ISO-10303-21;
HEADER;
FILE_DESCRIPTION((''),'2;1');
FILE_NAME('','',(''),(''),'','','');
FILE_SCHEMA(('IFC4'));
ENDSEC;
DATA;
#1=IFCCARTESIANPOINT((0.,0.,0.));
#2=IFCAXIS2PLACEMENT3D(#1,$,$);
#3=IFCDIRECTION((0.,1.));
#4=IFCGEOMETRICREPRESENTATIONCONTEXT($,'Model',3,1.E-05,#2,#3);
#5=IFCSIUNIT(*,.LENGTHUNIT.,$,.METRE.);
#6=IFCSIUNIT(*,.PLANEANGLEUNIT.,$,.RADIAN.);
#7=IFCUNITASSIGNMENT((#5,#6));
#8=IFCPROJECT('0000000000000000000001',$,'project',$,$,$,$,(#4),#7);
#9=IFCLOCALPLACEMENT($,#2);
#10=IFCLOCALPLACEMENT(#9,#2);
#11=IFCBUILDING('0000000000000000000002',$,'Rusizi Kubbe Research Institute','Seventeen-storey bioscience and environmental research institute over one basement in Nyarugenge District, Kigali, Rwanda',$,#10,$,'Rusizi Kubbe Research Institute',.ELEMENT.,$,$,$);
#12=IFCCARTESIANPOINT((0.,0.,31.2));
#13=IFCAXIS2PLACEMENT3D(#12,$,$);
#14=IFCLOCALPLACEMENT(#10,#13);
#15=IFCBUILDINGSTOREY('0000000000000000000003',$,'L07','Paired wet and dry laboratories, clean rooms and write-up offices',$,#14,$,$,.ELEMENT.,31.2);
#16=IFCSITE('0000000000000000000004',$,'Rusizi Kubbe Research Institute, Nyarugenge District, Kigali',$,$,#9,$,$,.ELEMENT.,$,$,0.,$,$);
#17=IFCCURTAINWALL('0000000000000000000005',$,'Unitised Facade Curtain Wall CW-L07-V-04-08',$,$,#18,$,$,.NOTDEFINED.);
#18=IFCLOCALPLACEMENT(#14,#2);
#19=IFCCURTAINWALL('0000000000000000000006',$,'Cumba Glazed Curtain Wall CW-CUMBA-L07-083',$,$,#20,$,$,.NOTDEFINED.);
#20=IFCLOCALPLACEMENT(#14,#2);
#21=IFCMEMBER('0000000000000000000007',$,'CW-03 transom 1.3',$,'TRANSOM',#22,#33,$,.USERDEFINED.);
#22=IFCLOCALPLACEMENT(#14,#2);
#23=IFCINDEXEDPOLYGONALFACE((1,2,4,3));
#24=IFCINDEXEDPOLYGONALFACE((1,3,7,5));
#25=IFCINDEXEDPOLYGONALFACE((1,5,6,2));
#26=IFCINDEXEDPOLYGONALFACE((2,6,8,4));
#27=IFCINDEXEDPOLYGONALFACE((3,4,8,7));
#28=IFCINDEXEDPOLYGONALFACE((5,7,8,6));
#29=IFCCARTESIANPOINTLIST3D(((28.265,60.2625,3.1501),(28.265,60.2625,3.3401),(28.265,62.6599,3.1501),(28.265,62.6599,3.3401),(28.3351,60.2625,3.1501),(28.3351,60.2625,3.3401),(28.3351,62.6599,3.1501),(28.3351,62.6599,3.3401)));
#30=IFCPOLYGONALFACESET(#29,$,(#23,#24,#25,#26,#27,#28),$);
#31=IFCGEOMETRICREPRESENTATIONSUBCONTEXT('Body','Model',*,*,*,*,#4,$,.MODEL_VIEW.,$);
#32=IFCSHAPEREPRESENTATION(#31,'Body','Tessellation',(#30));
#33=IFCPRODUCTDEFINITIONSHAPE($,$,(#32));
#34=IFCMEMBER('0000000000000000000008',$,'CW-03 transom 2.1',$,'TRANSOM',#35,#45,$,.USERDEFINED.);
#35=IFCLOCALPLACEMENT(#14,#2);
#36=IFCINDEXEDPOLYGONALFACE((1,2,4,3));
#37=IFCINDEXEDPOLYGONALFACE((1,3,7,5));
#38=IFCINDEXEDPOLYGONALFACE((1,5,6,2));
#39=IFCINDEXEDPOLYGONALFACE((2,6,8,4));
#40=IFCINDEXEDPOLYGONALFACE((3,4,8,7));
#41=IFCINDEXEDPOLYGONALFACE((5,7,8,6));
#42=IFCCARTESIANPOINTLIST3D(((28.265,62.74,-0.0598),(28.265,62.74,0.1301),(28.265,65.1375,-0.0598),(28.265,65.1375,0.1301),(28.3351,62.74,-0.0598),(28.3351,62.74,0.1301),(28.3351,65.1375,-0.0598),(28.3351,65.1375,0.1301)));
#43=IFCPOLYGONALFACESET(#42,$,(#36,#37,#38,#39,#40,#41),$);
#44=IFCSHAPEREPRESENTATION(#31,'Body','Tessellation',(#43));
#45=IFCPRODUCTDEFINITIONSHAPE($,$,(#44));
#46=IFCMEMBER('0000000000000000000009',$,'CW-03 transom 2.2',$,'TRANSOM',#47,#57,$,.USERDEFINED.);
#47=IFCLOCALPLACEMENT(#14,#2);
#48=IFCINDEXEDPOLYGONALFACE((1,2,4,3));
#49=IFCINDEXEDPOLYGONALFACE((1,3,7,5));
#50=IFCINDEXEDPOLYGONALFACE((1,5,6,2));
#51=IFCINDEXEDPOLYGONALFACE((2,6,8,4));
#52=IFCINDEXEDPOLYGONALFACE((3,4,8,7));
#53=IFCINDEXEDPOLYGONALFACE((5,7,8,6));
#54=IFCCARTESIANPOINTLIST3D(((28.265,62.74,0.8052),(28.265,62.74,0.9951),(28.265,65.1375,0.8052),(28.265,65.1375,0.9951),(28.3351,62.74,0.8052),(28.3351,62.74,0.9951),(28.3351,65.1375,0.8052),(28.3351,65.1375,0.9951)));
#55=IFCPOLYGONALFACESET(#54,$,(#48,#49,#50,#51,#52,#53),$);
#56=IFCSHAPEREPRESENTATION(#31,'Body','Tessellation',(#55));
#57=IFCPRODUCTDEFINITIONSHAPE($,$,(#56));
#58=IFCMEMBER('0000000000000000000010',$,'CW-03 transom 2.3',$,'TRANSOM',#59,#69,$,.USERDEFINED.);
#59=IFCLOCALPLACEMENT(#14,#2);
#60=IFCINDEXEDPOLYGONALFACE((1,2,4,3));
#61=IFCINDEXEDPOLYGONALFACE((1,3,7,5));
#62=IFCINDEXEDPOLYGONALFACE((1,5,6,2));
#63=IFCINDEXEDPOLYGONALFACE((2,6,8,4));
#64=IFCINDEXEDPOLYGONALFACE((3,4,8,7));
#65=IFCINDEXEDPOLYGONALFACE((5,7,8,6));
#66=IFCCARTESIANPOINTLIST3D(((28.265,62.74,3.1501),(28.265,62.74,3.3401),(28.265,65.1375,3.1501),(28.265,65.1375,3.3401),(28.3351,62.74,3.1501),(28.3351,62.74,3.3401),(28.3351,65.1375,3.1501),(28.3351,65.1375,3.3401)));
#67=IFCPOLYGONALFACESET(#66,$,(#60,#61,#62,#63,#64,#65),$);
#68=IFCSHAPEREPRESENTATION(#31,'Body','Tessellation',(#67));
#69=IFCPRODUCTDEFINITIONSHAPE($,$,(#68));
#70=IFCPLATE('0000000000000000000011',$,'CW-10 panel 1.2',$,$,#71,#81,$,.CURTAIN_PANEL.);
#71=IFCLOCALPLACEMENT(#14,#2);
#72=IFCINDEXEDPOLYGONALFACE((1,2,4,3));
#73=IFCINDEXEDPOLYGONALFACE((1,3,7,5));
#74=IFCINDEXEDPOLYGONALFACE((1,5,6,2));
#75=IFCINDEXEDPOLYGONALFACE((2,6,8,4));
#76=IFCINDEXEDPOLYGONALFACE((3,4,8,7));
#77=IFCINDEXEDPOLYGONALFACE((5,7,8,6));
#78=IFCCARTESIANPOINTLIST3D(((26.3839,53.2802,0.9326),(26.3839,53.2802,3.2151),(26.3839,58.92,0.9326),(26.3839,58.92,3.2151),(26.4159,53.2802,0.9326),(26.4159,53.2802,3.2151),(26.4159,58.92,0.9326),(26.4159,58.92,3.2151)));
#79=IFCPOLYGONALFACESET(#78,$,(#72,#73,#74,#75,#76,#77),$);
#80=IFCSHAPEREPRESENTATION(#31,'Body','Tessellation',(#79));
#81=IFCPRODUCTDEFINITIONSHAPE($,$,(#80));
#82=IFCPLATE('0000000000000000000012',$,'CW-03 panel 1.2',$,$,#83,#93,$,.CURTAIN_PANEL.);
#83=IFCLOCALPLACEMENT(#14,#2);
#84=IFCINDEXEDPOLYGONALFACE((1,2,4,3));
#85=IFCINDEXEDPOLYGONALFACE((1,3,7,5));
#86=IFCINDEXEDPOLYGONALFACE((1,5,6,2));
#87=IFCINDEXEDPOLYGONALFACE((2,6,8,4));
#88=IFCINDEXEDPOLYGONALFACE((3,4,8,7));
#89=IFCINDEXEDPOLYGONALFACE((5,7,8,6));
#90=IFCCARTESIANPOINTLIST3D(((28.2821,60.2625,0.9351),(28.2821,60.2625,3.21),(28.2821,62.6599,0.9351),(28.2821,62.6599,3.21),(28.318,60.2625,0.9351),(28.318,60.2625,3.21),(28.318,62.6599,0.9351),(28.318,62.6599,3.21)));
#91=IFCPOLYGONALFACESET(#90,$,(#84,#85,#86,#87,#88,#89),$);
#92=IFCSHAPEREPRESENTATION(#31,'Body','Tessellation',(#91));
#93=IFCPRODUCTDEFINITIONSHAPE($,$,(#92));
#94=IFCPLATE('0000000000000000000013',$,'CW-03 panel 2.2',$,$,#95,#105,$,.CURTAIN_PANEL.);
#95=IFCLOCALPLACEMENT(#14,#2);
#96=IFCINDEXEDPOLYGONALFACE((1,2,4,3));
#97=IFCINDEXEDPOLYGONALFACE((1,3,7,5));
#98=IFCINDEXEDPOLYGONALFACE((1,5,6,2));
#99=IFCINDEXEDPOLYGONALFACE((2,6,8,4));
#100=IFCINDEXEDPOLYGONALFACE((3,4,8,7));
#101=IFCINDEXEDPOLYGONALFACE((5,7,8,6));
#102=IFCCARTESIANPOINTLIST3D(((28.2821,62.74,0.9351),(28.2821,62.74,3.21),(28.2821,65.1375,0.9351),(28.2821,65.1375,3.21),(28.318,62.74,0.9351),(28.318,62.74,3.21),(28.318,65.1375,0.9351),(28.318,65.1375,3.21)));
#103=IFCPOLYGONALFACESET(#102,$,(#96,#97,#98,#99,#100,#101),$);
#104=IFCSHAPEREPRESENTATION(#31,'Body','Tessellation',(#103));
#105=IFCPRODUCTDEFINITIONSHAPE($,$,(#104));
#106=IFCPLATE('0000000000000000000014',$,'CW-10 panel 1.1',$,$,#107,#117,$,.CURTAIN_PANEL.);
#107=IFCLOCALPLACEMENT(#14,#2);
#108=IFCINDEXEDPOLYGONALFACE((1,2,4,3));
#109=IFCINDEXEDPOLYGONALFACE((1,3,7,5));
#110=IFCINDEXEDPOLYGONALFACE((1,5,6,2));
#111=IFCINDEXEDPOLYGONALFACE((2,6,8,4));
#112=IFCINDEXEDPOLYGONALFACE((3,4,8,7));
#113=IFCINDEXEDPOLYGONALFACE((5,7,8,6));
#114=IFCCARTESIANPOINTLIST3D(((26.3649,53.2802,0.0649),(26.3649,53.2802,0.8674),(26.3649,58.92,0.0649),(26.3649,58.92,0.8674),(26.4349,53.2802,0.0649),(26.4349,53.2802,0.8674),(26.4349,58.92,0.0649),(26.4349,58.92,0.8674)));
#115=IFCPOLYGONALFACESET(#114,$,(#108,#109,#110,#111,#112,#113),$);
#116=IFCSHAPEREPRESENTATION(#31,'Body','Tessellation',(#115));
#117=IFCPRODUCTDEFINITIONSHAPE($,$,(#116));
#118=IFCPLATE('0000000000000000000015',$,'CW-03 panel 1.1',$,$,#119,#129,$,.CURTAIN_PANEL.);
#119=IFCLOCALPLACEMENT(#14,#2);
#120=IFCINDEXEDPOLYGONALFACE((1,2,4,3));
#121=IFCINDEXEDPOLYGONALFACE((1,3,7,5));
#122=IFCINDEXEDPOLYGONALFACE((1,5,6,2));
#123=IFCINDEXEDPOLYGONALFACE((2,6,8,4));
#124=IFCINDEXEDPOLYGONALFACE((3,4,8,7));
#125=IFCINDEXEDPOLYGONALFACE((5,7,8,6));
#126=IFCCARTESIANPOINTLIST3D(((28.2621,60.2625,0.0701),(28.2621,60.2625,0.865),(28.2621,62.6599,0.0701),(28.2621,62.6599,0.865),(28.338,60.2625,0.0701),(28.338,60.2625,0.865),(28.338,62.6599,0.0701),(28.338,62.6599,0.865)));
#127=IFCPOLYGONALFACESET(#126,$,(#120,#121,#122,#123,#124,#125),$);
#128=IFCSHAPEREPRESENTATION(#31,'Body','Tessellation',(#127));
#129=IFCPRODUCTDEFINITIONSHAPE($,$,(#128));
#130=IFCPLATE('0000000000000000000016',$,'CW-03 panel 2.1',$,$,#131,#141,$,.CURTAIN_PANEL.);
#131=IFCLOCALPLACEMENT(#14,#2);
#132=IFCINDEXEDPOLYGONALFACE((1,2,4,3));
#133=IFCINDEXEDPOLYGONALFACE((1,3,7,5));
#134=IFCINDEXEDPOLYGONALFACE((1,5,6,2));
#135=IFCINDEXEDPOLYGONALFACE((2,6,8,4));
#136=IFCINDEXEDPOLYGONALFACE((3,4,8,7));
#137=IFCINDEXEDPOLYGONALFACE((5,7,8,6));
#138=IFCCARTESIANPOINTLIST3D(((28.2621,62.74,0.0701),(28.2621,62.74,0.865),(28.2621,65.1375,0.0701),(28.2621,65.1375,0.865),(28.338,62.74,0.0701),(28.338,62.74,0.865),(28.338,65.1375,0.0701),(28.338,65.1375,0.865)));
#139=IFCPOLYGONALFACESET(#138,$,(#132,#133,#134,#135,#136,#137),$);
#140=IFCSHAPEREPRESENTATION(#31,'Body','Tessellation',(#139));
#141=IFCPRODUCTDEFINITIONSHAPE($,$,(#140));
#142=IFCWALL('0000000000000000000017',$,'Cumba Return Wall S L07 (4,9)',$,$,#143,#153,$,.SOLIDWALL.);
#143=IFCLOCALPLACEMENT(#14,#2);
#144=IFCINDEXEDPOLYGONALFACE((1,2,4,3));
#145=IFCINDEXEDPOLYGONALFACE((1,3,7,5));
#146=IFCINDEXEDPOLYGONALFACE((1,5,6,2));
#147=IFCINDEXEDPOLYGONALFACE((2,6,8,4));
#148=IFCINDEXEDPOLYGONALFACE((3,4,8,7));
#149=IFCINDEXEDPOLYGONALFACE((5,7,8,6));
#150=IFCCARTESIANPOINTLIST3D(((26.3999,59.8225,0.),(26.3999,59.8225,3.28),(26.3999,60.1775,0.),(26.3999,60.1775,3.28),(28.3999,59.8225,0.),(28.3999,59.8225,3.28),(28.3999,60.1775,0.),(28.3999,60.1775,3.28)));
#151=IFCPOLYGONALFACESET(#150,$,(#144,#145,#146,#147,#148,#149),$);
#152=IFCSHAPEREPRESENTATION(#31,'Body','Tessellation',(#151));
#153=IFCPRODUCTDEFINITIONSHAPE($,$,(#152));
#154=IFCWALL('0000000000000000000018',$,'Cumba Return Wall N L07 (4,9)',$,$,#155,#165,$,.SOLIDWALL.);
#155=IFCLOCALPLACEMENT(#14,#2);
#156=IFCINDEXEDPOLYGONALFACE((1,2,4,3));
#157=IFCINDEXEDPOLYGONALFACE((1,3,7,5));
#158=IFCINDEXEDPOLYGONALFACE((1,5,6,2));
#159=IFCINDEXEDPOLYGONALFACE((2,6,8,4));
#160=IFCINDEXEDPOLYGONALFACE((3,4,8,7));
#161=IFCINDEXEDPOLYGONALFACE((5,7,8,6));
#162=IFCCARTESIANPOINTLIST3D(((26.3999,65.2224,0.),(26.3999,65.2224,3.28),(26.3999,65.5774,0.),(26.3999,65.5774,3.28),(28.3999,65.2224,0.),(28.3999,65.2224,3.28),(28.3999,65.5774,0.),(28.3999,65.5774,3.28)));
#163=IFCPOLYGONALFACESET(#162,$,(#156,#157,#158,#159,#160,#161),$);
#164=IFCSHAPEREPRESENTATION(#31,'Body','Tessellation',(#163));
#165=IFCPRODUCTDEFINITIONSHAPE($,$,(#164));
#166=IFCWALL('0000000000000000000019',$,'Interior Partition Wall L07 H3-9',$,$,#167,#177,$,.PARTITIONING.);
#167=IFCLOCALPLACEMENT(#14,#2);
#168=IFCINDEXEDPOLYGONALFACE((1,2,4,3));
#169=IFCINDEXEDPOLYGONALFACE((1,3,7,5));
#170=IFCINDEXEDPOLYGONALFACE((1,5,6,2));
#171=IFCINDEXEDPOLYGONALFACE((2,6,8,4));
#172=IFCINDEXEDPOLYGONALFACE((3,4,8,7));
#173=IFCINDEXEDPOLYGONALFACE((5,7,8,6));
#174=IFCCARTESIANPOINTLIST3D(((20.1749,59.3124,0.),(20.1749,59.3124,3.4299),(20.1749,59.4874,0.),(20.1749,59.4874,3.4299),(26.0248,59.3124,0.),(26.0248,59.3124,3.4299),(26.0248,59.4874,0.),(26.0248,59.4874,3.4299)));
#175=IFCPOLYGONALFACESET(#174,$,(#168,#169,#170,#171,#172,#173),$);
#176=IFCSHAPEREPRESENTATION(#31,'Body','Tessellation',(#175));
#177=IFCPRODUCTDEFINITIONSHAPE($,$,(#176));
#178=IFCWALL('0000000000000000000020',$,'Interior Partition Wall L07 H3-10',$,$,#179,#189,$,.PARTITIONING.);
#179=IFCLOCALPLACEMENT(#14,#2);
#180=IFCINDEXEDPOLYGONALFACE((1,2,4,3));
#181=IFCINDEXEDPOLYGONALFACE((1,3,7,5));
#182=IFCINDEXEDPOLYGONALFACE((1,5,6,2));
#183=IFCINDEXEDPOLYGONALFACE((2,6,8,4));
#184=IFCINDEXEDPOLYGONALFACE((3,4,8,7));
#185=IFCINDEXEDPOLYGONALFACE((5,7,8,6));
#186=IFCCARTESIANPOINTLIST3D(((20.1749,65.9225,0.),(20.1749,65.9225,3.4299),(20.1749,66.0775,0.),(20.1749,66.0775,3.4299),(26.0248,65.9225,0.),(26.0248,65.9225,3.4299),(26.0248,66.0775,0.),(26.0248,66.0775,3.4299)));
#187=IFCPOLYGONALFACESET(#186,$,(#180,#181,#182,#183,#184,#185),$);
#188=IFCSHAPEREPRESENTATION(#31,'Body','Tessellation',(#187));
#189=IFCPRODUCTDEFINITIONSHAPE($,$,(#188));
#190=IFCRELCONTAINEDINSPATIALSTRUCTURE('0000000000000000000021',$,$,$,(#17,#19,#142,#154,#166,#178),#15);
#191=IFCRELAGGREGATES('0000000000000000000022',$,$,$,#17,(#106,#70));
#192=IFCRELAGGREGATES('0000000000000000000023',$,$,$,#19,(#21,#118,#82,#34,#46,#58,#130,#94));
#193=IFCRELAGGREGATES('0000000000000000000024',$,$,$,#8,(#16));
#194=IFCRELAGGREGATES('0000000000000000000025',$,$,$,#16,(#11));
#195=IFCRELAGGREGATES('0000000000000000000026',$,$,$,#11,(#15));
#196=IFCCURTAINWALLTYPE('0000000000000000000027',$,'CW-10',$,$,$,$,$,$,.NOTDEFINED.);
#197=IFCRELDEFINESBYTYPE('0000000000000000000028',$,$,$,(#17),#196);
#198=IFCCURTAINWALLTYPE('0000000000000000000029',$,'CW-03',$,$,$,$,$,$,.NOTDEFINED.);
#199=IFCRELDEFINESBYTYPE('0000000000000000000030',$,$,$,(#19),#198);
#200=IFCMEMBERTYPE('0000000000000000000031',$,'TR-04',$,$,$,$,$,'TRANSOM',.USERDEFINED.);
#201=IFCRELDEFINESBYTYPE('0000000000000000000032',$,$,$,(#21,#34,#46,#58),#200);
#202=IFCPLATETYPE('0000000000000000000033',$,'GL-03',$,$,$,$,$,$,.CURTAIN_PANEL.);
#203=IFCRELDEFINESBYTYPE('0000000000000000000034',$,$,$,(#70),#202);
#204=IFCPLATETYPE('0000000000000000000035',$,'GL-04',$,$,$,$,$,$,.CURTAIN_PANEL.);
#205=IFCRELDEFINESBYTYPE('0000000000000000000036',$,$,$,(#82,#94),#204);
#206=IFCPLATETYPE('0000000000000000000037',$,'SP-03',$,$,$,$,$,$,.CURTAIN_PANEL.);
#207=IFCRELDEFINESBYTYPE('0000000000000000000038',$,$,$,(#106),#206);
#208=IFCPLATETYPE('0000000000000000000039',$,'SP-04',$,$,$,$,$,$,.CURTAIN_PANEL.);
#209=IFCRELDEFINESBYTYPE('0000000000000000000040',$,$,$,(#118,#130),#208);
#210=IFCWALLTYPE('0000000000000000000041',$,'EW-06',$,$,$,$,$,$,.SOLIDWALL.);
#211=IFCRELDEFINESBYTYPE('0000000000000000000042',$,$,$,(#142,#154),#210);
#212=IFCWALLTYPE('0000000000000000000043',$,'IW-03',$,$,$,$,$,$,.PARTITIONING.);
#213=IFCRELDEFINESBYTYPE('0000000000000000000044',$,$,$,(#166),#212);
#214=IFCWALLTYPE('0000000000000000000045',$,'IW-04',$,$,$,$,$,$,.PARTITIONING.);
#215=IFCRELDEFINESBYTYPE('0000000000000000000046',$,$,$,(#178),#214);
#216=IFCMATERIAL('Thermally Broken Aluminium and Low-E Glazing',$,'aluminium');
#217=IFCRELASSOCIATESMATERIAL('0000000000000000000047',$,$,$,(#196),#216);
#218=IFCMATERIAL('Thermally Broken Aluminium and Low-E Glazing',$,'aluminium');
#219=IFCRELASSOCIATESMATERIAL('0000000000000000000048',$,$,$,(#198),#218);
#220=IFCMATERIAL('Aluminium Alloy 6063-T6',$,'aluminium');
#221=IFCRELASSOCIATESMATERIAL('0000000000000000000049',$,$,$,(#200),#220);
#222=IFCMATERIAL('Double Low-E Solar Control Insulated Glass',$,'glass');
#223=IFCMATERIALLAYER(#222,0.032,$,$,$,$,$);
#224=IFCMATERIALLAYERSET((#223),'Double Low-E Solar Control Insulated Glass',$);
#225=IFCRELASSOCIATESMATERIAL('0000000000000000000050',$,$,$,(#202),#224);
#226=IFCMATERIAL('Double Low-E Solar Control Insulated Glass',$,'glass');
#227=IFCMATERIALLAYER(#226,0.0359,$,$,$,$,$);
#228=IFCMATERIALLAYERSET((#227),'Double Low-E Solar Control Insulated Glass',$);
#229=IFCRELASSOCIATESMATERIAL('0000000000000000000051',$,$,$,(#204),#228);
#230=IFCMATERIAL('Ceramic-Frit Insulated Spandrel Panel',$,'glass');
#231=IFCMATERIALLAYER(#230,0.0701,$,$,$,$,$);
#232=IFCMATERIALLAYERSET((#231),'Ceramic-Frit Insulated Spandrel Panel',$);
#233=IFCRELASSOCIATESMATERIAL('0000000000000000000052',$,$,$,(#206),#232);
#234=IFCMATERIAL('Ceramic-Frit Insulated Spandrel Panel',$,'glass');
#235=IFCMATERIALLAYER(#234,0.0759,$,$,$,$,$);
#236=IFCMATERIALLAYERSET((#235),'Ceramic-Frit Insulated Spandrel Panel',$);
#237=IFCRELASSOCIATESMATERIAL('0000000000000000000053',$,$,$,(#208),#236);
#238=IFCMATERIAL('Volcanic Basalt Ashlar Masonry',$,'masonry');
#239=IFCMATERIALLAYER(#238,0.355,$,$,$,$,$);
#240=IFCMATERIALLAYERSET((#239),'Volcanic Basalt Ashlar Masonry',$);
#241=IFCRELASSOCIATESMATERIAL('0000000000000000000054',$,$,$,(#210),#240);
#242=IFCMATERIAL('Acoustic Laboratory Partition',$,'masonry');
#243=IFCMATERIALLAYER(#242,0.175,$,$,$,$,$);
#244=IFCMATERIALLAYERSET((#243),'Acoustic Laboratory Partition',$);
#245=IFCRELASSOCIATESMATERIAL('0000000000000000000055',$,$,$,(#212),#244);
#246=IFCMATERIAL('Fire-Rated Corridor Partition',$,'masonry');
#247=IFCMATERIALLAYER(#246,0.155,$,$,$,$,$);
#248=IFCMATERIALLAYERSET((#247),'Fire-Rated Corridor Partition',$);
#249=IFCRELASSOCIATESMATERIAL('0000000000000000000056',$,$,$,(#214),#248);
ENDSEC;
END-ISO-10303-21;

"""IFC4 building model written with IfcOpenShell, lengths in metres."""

from ifc_helpers import new_model, si_unit, direction, frame, frame_2d, origin, origin_2d, place, context, subcontext, project, spatial, rectangle, extrude, material, layer, layer_set, material_profile, profile_set, type_object, element, aggregate, save


model = new_model("IFC4")

# Units and contexts
model_context = context("Model", 3, precision=1e-05, world=origin(), true_north=direction((0.0, 1.0)))
body_context = subcontext(model_context, "Body", "Model", "MODEL_VIEW")
ifc_project = project(units=[si_unit("LENGTHUNIT", "METRE"), si_unit("PLANEANGLEUNIT", "RADIAN")], contexts=[model_context])

# Site, building, storey
site_placement = place(None, origin())
site = spatial("IfcSite", under=ifc_project, at=site_placement, Name="Rusizi Kubbe Research Institute, Nyarugenge District, Kigali", CompositionType="ELEMENT", RefElevation=0.0)
building_placement = place(site_placement, origin())
building = spatial("IfcBuilding", under=site, at=building_placement, Name="Rusizi Kubbe Research Institute", Description="Seventeen-storey bioscience and environmental research institute over one basement in Nyarugenge District, Kigali, Rwanda", LongName="Rusizi Kubbe Research Institute", CompositionType="ELEMENT")
storey_placement = place(building_placement, frame((0.0, 0.0, 31.2)))
storey = spatial("IfcBuildingStorey", under=building, at=storey_placement, Name="L07", Description="Paired wet and dry laboratories, clean rooms and write-up offices", CompositionType="ELEMENT", Elevation=31.2)

# Curtain wall
ifc_material_1 = material(Name="Thermally Broken Aluminium and Low-E Glazing", Category="aluminium")
curtain_wall_type_1 = type_object("IfcCurtainWallType", Name="CW-10", PredefinedType="NOTDEFINED", material=ifc_material_1)
curtain_wall_1_placement = place(storey_placement, origin())
curtain_wall_1 = element("IfcCurtainWall", 1, at=curtain_wall_1_placement, inside=storey, type_object=curtain_wall_type_1, Name="Unitised Facade Curtain Wall CW-L07-V-04-08", PredefinedType="NOTDEFINED")

# Curtain wall, members
ifc_material_2 = material(Name="Thermally Broken Aluminium and Low-E Glazing", Category="aluminium")
curtain_wall_type_2 = type_object("IfcCurtainWallType", Name="CW-03", PredefinedType="NOTDEFINED", material=ifc_material_2)
curtain_wall_2_placement = place(storey_placement, origin())
curtain_wall_2 = element("IfcCurtainWall", 2, at=curtain_wall_2_placement, inside=storey, type_object=curtain_wall_type_2, Name="Cumba Glazed Curtain Wall CW-CUMBA-L07-083", PredefinedType="NOTDEFINED")
ifc_material_3 = material(Name="Aluminium Alloy 6063-T6", Category="aluminium")
ifc_material_profile_1 = material_profile(ifc_material_3, rectangle(XDim=0.0701, YDim=0.1899, at=origin_2d()), Name="ALU-T 70x190")
ifc_profile_set_1 = profile_set([ifc_material_profile_1], Name="Aluminium Alloy 6063-T6")
member_type_1 = type_object("IfcMemberType", Name="TR-04", ElementType="TRANSOM", PredefinedType="USERDEFINED", material=ifc_profile_set_1)
member_1_placement = place(storey_placement, frame((28.3, 60.2625, 3.2451), z_axis=(0.0, 1.0, 0.0), x_axis=(-1.0, 0.0, 0.0)))
member_1 = element("IfcMember", 3, at=member_1_placement, type_object=member_type_1, Name="CW-03 transom 1.3", ObjectType="TRANSOM", PredefinedType="USERDEFINED", context=body_context, shape_type="SweptSolid", body=[
    extrude(rectangle(XDim=0.0701, YDim=0.1899, at=origin_2d()), origin(), (0.0, 0.0, 1.0), 2.3975),
])
member_2_placement = place(storey_placement, frame((28.3, 62.74, 0.0352), z_axis=(0.0, 1.0, 0.0), x_axis=(-1.0, 0.0, 0.0)))
member_2 = element("IfcMember", 4, at=member_2_placement, type_object=member_type_1, Name="CW-03 transom 2.1", ObjectType="TRANSOM", PredefinedType="USERDEFINED", context=body_context, shape_type="SweptSolid", body=[
    extrude(rectangle(XDim=0.0701, YDim=0.1899, at=origin_2d()), origin(), (0.0, 0.0, 1.0), 2.3975),
])
member_3_placement = place(storey_placement, frame((28.3, 62.74, 0.9001), z_axis=(0.0, 1.0, 0.0), x_axis=(-1.0, 0.0, 0.0)))
member_3 = element("IfcMember", 5, at=member_3_placement, type_object=member_type_1, Name="CW-03 transom 2.2", ObjectType="TRANSOM", PredefinedType="USERDEFINED", context=body_context, shape_type="SweptSolid", body=[
    extrude(rectangle(XDim=0.0701, YDim=0.1899, at=origin_2d()), origin(), (0.0, 0.0, 1.0), 2.3975),
])
member_4_placement = place(storey_placement, frame((28.3, 62.74, 3.2451), z_axis=(0.0, 1.0, 0.0), x_axis=(-1.0, 0.0, 0.0)))
member_4 = element("IfcMember", 6, at=member_4_placement, type_object=member_type_1, Name="CW-03 transom 2.3", ObjectType="TRANSOM", PredefinedType="USERDEFINED", context=body_context, shape_type="SweptSolid", body=[
    extrude(rectangle(XDim=0.0701, YDim=0.1899, at=origin_2d()), origin(), (0.0, 0.0, 1.0), 2.3975),
])

# Plates
ifc_material_4 = material(Name="Double Low-E Solar Control Insulated Glass", Category="glass")
ifc_layer_1 = layer(ifc_material_4, 0.032)
ifc_layer_set_1 = layer_set([ifc_layer_1], Name="Double Low-E Solar Control Insulated Glass")
plate_type_1 = type_object("IfcPlateType", Name="GL-03", PredefinedType="CURTAIN_PANEL", material=ifc_layer_set_1)
plate_1_placement = place(storey_placement, frame((26.3999, 56.1001, 0.9326), z_axis=(0.0, 0.0, 1.0), x_axis=(0.0, 1.0, 0.0)))
plate_1 = element("IfcPlate", 7, at=plate_1_placement, type_object=plate_type_1, Name="CW-10 panel 1.2", PredefinedType="CURTAIN_PANEL", context=body_context, shape_type="SweptSolid", body=[
    extrude(rectangle(XDim=5.6399, YDim=0.032, at=origin_2d()), origin(), (0.0, 0.0, 1.0), 2.2825),
])
ifc_material_5 = material(Name="Double Low-E Solar Control Insulated Glass", Category="glass")
ifc_layer_2 = layer(ifc_material_5, 0.0359)
ifc_layer_set_2 = layer_set([ifc_layer_2], Name="Double Low-E Solar Control Insulated Glass")
plate_type_2 = type_object("IfcPlateType", Name="GL-04", PredefinedType="CURTAIN_PANEL", material=ifc_layer_set_2)
plate_2_placement = place(storey_placement, frame((28.3, 61.4612, 0.9351), z_axis=(0.0, 0.0, 1.0), x_axis=(0.0, 1.0, 0.0)))
plate_2 = element("IfcPlate", 8, at=plate_2_placement, type_object=plate_type_2, Name="CW-03 panel 1.2", PredefinedType="CURTAIN_PANEL", context=body_context, shape_type="SweptSolid", body=[
    extrude(rectangle(XDim=2.3975, YDim=0.0359, at=origin_2d()), origin(), (0.0, 0.0, 1.0), 2.2749),
])
plate_3_placement = place(storey_placement, frame((28.3, 63.9387, 0.9351), z_axis=(0.0, 0.0, 1.0), x_axis=(0.0, 1.0, 0.0)))
plate_3 = element("IfcPlate", 9, at=plate_3_placement, type_object=plate_type_2, Name="CW-03 panel 2.2", PredefinedType="CURTAIN_PANEL", context=body_context, shape_type="SweptSolid", body=[
    extrude(rectangle(XDim=2.3975, YDim=0.0359, at=origin_2d()), origin(), (0.0, 0.0, 1.0), 2.2749),
])
ifc_material_6 = material(Name="Ceramic-Frit Insulated Spandrel Panel", Category="glass")
ifc_layer_3 = layer(ifc_material_6, 0.0701)
ifc_layer_set_3 = layer_set([ifc_layer_3], Name="Ceramic-Frit Insulated Spandrel Panel")
plate_type_3 = type_object("IfcPlateType", Name="SP-03", PredefinedType="CURTAIN_PANEL", material=ifc_layer_set_3)
plate_4_placement = place(storey_placement, frame((26.3999, 56.1001, 0.0649), z_axis=(0.0, 0.0, 1.0), x_axis=(0.0, 1.0, 0.0)))
plate_4 = element("IfcPlate", 10, at=plate_4_placement, type_object=plate_type_3, Name="CW-10 panel 1.1", PredefinedType="CURTAIN_PANEL", context=body_context, shape_type="SweptSolid", body=[
    extrude(rectangle(XDim=5.6399, YDim=0.0701, at=origin_2d()), origin(), (0.0, 0.0, 1.0), 0.8025),
])
aggregate(curtain_wall_1, [plate_4, plate_1])
ifc_material_7 = material(Name="Ceramic-Frit Insulated Spandrel Panel", Category="glass")
ifc_layer_4 = layer(ifc_material_7, 0.0759)
ifc_layer_set_4 = layer_set([ifc_layer_4], Name="Ceramic-Frit Insulated Spandrel Panel")
plate_type_4 = type_object("IfcPlateType", Name="SP-04", PredefinedType="CURTAIN_PANEL", material=ifc_layer_set_4)
plate_5_placement = place(storey_placement, frame((28.3, 61.4612, 0.0701), z_axis=(0.0, 0.0, 1.0), x_axis=(0.0, 1.0, 0.0)))
plate_5 = element("IfcPlate", 11, at=plate_5_placement, type_object=plate_type_4, Name="CW-03 panel 1.1", PredefinedType="CURTAIN_PANEL", context=body_context, shape_type="SweptSolid", body=[
    extrude(rectangle(XDim=2.3975, YDim=0.0759, at=origin_2d()), origin(), (0.0, 0.0, 1.0), 0.7949),
])
plate_6_placement = place(storey_placement, frame((28.3, 63.9387, 0.0701), z_axis=(0.0, 0.0, 1.0), x_axis=(0.0, 1.0, 0.0)))
plate_6 = element("IfcPlate", 12, at=plate_6_placement, type_object=plate_type_4, Name="CW-03 panel 2.1", PredefinedType="CURTAIN_PANEL", context=body_context, shape_type="SweptSolid", body=[
    extrude(rectangle(XDim=2.3975, YDim=0.0759, at=origin_2d()), origin(), (0.0, 0.0, 1.0), 0.7949),
])
aggregate(curtain_wall_2, [member_1, plate_5, plate_2, member_2, member_3, member_4, plate_6, plate_3])

# Walls
ifc_material_8 = material(Name="Volcanic Basalt Ashlar Masonry", Category="masonry")
ifc_layer_5 = layer(ifc_material_8, 0.355)
ifc_layer_set_5 = layer_set([ifc_layer_5], Name="Volcanic Basalt Ashlar Masonry")
wall_type_1 = type_object("IfcWallType", Name="EW-06", PredefinedType="SOLIDWALL", material=ifc_layer_set_5)
for number, where, z_axis, x_axis, name in (
    (13, (26.3999, 60.0, 0.0), (0.0, 0.0, 1.0), (1.0, 0.0, 0.0), "Cumba Return Wall S L07 (4,9)"),
    (14, (26.3999, 65.3999, 0.0), (0.0, 0.0, 1.0), (1.0, 0.0, 0.0), "Cumba Return Wall N L07 (4,9)"),
):
    element("IfcWall", number, at=place(storey_placement, frame(where, z_axis=z_axis, x_axis=x_axis)), inside=storey, type_object=wall_type_1, Name=name, PredefinedType="SOLIDWALL", context=body_context, shape_type="SweptSolid", body=[
        extrude(rectangle(XDim=2.0, YDim=0.355, at=frame_2d((1.0, 0.0))), origin(), (0.0, 0.0, 1.0), 3.28),
    ])
ifc_material_9 = material(Name="Acoustic Laboratory Partition", Category="masonry")
ifc_layer_6 = layer(ifc_material_9, 0.175)
ifc_layer_set_6 = layer_set([ifc_layer_6], Name="Acoustic Laboratory Partition")
wall_type_2 = type_object("IfcWallType", Name="IW-03", PredefinedType="PARTITIONING", material=ifc_layer_set_6)
wall_1_placement = place(storey_placement, frame((20.175, 59.3999, 0.0), z_axis=(0.0, 0.0, 1.0), x_axis=(1.0, 0.0, 0.0)))
element("IfcWall", 15, at=wall_1_placement, inside=storey, type_object=wall_type_2, Name="Interior Partition Wall L07 H3-9", PredefinedType="PARTITIONING", context=body_context, shape_type="SweptSolid", body=[
    extrude(rectangle(XDim=5.8499, YDim=0.175, at=frame_2d((2.9248, 0.0))), origin(), (0.0, 0.0, 1.0), 3.4299),
])
ifc_material_10 = material(Name="Fire-Rated Corridor Partition", Category="masonry")
ifc_layer_7 = layer(ifc_material_10, 0.155)
ifc_layer_set_7 = layer_set([ifc_layer_7], Name="Fire-Rated Corridor Partition")
wall_type_3 = type_object("IfcWallType", Name="IW-04", PredefinedType="PARTITIONING", material=ifc_layer_set_7)
wall_2_placement = place(storey_placement, frame((20.175, 66.0, 0.0), z_axis=(0.0, 0.0, 1.0), x_axis=(1.0, 0.0, 0.0)))
element("IfcWall", 16, at=wall_2_placement, inside=storey, type_object=wall_type_3, Name="Interior Partition Wall L07 H3-10", PredefinedType="PARTITIONING", context=body_context, shape_type="SweptSolid", body=[
    extrude(rectangle(XDim=5.8499, YDim=0.155, at=frame_2d((2.9248, 0.0))), origin(), (0.0, 0.0, 1.0), 3.4299),
])

save(model, "model.ifc")
